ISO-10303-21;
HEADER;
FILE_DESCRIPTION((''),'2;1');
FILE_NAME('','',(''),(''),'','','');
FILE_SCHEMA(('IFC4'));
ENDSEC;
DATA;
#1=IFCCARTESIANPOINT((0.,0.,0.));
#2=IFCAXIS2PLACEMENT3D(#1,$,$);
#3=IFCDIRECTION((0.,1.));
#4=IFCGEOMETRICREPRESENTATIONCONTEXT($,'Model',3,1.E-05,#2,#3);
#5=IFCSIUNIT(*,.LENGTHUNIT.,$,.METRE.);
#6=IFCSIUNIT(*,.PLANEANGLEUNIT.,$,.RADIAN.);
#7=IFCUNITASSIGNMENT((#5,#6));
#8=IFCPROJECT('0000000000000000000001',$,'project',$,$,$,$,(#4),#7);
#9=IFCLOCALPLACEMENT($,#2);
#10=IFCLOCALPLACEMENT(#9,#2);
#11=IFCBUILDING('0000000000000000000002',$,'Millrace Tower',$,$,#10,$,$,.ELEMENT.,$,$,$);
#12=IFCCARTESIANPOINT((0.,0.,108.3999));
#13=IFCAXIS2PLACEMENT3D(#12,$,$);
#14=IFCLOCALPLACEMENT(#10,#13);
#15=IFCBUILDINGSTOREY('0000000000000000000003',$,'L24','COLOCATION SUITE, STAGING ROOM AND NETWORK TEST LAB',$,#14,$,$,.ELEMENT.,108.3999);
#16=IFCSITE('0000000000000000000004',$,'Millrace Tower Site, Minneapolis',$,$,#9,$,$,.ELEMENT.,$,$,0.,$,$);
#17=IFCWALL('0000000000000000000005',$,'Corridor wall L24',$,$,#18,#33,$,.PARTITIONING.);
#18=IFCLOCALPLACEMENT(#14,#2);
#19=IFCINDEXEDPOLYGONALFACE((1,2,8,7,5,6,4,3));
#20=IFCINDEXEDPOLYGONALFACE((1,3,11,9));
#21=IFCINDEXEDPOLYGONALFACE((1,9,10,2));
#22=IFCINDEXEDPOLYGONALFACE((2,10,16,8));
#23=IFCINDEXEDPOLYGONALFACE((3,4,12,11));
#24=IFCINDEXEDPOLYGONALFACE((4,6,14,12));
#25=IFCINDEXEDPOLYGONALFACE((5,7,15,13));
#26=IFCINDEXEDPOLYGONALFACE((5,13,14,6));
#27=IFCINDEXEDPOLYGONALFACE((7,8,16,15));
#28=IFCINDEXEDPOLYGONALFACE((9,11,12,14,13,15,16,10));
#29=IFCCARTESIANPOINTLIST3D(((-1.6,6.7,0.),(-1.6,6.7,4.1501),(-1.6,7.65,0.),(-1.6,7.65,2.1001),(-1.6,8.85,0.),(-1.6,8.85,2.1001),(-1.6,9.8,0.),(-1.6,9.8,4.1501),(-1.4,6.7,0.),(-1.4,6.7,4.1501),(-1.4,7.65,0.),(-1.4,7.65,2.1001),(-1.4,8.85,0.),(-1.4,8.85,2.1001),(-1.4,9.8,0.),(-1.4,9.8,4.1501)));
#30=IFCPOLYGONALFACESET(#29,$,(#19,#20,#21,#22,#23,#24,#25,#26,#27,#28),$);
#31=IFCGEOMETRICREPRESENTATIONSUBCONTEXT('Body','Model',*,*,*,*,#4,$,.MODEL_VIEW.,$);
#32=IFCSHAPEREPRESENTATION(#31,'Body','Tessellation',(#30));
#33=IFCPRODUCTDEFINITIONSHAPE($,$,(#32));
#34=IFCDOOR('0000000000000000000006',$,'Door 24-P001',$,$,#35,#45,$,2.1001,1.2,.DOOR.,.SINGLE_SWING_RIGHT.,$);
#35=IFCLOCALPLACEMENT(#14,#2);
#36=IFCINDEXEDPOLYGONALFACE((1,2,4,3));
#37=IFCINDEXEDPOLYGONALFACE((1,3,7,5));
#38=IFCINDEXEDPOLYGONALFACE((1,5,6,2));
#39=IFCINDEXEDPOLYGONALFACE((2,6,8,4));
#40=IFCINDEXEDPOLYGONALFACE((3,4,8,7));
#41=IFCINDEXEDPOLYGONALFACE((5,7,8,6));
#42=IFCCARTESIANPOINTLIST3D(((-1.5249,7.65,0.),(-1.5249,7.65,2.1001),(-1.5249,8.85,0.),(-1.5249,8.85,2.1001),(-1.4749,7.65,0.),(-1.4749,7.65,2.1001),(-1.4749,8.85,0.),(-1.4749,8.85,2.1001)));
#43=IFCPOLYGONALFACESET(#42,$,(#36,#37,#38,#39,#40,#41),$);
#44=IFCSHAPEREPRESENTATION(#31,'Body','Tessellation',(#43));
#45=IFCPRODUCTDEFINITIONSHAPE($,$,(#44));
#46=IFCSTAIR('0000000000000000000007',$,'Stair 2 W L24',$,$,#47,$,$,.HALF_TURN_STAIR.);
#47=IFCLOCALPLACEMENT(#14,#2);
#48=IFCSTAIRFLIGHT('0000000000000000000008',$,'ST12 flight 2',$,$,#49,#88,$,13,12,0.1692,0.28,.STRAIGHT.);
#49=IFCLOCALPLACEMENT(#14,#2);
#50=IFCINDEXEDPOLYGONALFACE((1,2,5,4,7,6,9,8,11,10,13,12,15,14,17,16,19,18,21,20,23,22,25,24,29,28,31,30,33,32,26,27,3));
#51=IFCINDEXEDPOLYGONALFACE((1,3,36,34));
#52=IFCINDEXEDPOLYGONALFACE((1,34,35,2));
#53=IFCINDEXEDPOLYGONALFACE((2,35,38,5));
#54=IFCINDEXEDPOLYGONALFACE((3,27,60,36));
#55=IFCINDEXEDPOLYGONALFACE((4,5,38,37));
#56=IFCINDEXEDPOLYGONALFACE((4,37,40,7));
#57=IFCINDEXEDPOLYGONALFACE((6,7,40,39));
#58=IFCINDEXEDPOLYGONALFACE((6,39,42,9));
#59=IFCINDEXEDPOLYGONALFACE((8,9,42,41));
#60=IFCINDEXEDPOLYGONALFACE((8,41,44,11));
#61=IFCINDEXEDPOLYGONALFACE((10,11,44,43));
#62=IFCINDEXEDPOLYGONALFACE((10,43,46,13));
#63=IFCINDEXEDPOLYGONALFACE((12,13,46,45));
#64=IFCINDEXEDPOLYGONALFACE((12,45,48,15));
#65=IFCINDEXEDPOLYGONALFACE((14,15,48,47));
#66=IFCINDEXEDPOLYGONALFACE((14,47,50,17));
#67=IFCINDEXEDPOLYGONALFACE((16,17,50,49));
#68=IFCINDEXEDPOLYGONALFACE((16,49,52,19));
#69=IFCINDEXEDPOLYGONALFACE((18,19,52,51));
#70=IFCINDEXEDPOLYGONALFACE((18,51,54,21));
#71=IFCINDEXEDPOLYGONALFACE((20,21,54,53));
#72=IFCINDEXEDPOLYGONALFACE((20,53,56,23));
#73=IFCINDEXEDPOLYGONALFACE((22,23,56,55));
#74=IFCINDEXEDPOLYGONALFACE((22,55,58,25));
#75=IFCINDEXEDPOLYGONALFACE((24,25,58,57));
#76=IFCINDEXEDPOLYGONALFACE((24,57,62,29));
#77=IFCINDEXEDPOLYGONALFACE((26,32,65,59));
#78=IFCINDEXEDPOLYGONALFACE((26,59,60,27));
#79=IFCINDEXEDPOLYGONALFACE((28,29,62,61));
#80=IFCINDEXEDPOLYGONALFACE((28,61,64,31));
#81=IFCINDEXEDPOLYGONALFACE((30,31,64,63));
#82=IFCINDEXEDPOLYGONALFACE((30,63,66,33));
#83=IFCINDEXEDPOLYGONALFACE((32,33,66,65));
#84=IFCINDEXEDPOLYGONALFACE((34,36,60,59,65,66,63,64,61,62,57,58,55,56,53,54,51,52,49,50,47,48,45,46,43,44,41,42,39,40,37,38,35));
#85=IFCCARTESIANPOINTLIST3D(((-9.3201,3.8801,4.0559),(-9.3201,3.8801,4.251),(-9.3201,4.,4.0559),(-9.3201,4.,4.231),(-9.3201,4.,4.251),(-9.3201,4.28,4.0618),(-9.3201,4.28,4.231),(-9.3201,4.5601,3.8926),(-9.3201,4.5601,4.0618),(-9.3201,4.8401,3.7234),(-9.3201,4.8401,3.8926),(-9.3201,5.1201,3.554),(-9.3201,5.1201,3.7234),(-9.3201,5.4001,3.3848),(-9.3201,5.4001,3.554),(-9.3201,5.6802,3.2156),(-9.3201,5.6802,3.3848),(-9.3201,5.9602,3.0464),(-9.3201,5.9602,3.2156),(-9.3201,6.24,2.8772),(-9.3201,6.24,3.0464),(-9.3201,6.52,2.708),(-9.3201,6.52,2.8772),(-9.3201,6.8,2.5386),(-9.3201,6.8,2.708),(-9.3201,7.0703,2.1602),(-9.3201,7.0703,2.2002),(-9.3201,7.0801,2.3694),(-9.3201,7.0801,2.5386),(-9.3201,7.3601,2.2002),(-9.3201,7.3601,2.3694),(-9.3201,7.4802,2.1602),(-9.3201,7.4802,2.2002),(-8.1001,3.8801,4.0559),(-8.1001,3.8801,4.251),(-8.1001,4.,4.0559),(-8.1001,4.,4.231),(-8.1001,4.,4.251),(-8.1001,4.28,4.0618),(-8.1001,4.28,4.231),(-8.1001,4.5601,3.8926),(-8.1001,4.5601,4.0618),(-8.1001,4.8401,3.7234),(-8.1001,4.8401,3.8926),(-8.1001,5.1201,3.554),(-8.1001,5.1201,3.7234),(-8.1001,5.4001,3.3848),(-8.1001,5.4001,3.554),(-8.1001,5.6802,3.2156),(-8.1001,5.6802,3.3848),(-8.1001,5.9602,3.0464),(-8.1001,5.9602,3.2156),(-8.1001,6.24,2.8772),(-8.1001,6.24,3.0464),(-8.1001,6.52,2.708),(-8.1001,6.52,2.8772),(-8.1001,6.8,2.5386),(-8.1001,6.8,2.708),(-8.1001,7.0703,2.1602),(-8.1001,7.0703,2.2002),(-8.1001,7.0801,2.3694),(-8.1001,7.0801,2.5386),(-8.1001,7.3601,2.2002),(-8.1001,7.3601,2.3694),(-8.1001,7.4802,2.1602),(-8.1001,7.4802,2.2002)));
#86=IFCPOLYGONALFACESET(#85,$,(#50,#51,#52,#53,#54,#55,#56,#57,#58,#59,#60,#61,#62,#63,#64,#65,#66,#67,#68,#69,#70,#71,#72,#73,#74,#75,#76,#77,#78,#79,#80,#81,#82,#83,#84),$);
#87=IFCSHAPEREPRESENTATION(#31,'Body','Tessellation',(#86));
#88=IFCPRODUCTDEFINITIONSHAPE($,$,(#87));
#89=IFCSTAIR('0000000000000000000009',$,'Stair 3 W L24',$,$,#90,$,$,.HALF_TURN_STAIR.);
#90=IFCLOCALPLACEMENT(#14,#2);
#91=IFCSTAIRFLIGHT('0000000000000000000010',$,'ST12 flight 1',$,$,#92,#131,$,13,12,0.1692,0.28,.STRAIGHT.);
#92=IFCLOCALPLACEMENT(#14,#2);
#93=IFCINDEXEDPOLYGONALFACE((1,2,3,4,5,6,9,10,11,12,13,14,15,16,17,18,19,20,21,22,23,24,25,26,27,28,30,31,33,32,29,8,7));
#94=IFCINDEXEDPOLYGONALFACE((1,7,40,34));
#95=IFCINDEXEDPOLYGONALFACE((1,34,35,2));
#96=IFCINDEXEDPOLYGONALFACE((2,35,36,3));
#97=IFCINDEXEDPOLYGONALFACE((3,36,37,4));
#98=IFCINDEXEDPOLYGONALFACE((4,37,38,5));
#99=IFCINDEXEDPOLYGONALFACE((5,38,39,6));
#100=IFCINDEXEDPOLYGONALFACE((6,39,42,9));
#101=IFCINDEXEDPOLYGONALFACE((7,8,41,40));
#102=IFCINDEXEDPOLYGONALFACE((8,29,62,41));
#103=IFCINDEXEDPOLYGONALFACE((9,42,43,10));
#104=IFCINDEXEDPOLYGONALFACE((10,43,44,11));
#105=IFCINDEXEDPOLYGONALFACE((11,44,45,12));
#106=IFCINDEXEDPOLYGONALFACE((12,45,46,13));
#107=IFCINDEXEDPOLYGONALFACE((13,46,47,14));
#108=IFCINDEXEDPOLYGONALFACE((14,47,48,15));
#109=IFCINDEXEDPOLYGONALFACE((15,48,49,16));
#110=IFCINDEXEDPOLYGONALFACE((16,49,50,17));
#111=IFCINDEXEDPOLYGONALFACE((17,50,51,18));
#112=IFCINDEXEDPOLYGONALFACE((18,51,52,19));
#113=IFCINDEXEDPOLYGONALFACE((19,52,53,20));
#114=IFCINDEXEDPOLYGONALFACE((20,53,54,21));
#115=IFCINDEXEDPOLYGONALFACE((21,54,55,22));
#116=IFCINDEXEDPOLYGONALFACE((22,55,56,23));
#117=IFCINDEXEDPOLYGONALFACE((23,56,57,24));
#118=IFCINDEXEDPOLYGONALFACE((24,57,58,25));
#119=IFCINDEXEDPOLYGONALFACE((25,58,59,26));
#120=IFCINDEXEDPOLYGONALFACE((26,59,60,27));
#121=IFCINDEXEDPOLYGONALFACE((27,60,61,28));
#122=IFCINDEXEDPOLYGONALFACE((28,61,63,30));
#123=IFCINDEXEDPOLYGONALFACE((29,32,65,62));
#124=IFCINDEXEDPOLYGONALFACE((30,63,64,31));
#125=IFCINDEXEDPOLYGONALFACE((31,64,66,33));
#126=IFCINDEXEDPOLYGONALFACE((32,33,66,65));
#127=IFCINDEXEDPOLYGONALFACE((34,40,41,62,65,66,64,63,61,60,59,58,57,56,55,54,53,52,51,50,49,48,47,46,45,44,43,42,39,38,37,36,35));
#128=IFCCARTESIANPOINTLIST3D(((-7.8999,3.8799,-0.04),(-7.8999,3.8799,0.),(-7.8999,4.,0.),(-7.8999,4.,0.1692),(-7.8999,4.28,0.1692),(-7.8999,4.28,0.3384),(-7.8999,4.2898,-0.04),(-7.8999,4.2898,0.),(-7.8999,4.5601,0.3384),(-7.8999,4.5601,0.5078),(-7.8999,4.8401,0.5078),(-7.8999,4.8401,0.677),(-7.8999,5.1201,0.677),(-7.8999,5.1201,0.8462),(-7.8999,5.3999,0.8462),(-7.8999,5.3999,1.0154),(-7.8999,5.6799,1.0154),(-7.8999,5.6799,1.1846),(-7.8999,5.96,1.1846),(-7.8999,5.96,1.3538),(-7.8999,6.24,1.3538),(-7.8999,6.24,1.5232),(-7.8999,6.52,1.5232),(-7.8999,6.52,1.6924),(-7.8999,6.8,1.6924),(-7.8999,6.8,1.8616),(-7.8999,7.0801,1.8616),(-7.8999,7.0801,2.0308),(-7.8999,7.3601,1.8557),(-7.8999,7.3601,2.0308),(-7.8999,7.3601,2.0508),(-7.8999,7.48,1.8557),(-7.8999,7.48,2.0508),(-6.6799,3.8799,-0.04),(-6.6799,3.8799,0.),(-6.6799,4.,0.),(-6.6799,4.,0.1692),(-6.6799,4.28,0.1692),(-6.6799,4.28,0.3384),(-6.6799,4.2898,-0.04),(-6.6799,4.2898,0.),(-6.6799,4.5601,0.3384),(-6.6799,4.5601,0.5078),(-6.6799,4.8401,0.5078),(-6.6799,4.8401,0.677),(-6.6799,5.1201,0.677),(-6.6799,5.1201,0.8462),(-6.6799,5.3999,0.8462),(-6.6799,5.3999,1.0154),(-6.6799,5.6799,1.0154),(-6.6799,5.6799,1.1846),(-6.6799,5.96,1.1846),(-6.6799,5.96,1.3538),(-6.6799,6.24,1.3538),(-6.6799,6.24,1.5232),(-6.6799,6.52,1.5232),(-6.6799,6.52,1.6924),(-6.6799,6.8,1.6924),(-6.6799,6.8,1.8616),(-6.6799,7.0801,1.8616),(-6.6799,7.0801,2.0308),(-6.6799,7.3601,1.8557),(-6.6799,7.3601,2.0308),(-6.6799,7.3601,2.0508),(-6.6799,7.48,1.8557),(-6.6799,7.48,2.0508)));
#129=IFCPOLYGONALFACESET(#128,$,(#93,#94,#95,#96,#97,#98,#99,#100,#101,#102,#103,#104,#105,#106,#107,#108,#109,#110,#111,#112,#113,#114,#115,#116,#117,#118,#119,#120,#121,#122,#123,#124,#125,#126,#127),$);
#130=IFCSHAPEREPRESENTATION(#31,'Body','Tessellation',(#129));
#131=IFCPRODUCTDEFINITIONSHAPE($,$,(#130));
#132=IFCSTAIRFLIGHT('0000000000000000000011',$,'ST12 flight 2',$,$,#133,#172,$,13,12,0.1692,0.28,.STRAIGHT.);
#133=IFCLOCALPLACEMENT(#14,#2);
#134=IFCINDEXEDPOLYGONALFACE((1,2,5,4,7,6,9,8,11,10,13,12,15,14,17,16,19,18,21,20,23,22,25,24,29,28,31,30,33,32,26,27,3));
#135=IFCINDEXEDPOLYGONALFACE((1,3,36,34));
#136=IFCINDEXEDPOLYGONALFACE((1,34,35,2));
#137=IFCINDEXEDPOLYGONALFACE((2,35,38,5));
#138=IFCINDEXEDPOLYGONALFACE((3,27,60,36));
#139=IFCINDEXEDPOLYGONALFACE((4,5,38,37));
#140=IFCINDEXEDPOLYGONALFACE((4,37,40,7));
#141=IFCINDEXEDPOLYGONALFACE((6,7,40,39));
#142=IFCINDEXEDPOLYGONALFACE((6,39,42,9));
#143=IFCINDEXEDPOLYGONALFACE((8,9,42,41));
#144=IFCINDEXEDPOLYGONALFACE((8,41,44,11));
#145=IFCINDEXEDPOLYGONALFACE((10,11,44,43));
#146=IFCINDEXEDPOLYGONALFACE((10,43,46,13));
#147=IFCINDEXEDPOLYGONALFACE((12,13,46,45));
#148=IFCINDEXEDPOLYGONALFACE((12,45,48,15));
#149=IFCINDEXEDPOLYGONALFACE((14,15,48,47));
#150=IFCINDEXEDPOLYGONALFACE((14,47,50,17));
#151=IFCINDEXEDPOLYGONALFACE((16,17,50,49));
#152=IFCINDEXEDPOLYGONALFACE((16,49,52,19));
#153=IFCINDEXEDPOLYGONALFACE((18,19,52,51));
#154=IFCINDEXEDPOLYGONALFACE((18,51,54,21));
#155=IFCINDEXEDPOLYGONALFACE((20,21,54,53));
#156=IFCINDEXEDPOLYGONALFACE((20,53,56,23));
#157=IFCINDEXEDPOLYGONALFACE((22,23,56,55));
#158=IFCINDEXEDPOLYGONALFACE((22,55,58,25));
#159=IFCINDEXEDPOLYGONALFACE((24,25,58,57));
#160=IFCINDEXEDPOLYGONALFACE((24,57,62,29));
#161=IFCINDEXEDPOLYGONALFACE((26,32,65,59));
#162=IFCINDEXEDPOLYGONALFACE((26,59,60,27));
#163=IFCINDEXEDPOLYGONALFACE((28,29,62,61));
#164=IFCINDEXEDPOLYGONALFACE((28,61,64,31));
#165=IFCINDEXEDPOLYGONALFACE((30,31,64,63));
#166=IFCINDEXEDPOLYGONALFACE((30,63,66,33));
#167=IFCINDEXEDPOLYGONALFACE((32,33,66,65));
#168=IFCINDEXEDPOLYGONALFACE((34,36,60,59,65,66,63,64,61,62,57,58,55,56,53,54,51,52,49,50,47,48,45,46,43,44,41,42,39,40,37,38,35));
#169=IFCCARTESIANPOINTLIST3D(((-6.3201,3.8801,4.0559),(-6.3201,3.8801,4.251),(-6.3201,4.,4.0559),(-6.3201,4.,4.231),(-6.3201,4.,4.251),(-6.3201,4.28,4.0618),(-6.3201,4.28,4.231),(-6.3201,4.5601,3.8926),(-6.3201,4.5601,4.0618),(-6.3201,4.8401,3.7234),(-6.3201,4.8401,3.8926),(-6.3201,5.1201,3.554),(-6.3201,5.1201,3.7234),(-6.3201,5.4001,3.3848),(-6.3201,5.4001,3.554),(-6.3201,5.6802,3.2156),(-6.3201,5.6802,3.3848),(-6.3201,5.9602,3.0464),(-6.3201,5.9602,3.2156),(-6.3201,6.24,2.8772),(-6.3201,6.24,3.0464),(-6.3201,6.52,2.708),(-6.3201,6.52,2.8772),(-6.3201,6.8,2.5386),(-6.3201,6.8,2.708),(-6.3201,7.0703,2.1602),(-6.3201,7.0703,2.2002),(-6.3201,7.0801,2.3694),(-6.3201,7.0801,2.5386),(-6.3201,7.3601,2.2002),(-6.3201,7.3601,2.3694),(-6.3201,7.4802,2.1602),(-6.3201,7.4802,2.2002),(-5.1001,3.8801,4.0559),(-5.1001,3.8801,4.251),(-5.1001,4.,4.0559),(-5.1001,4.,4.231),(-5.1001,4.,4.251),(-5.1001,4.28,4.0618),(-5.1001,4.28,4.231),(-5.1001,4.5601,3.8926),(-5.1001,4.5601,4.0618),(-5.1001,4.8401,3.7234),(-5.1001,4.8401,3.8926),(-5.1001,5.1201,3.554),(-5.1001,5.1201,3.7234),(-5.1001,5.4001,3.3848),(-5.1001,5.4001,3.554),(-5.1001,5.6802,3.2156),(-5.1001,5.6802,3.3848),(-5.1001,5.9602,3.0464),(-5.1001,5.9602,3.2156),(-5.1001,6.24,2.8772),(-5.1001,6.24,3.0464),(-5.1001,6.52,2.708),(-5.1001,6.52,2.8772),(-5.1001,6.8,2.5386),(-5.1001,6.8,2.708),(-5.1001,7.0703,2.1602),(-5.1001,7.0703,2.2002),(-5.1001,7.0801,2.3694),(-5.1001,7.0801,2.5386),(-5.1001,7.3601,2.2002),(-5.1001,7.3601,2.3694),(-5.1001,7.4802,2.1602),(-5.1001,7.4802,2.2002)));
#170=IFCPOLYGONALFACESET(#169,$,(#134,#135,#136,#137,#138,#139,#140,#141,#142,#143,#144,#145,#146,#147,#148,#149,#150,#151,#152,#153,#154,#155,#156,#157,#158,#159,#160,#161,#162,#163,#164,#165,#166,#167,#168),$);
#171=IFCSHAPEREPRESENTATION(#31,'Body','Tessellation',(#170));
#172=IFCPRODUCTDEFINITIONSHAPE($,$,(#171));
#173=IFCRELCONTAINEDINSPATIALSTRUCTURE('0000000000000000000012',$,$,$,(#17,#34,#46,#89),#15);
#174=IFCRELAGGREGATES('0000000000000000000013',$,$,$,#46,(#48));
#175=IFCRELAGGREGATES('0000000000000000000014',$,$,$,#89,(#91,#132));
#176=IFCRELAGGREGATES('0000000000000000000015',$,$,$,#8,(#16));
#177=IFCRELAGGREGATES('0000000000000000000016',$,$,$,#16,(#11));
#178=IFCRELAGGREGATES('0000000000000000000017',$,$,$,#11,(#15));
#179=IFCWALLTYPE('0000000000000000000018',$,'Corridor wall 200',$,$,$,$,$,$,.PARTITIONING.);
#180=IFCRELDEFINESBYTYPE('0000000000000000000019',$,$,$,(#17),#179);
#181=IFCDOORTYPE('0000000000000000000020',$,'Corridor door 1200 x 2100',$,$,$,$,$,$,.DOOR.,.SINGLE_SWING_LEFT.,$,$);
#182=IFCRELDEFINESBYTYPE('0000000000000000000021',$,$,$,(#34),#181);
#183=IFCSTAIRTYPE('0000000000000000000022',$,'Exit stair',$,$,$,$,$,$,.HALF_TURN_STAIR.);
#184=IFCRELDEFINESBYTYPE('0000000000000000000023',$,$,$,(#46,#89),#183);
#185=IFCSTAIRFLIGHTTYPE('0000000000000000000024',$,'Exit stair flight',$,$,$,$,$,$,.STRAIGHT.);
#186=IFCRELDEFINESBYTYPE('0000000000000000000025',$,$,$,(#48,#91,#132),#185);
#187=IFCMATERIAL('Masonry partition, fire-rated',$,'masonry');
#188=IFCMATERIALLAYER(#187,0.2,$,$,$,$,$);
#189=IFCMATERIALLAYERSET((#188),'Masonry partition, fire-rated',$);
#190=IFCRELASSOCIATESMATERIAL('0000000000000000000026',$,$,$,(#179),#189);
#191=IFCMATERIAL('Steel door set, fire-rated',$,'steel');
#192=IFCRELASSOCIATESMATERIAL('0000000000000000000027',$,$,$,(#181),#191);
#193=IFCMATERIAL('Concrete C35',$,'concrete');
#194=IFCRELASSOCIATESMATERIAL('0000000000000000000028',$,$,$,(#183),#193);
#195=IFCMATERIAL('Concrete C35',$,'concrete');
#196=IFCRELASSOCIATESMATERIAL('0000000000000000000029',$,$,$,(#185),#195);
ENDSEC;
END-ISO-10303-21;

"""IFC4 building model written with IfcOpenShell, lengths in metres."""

from ifc_helpers import new_model, si_unit, direction, frame, frame_2d, origin, place, context, subcontext, project, spatial, polyline, rectangle, outline, extrude, material, layer, layer_set, type_object, element, fill, aggregate, save


model = new_model("IFC4")

# Units and contexts
model_context = context("Model", 3, precision=1e-05, world=origin(), true_north=direction((0.0, 1.0)))
body_context = subcontext(model_context, "Body", "Model", "MODEL_VIEW")
ifc_project = project(units=[si_unit("LENGTHUNIT", "METRE"), si_unit("PLANEANGLEUNIT", "RADIAN")], contexts=[model_context])

# Site, building, storey
site_placement = place(None, origin())
site = spatial("IfcSite", under=ifc_project, at=site_placement, Name="Millrace Tower Site, Minneapolis", CompositionType="ELEMENT", RefElevation=0.0)
building_placement = place(site_placement, origin())
building = spatial("IfcBuilding", under=site, at=building_placement, Name="Millrace Tower", CompositionType="ELEMENT")
storey_placement = place(building_placement, frame((0.0, 0.0, 108.3999)))
storey = spatial("IfcBuildingStorey", under=building, at=storey_placement, Name="L24", Description="COLOCATION SUITE, STAGING ROOM AND NETWORK TEST LAB", CompositionType="ELEMENT", Elevation=108.3999)

# Shared definitions
placement = place(storey_placement, origin())

# Shared definitions
ifc_material_1 = material(Name="Masonry partition, fire-rated", Category="masonry")
ifc_layer_1 = layer(ifc_material_1, 0.2)
ifc_layer_set_1 = layer_set([ifc_layer_1], Name="Masonry partition, fire-rated")
wall_type = type_object("IfcWallType", Name="Corridor wall 200", PredefinedType="PARTITIONING", material=ifc_layer_set_1)

# Wall, opening, door
wall_1_placement = place(storey_placement, frame((-1.5, 6.7, 0.0), z_axis=(0.0, 0.0, 1.0), x_axis=(0.0, 1.0, 0.0)))
wall_1 = element("IfcWall", 1, at=wall_1_placement, inside=storey, type_object=wall_type, Name="Corridor wall L24", PredefinedType="PARTITIONING", context=body_context, shape_type="SweptSolid", body=[
    extrude(rectangle(XDim=3.1001, YDim=0.2, at=frame_2d((1.55, 0.0))), origin(), (0.0, 0.0, 1.0), 4.1501),
])
opening_placement = place(wall_1_placement, frame((0.95, 0.0, 0.0)))
opening = element("IfcOpeningElement", 2, at=opening_placement, cuts=wall_1, PredefinedType="OPENING", context=body_context, shape_type="SweptSolid", body=[
    extrude(rectangle(XDim=1.2, YDim=2.1001, at=frame_2d((0.6001, 1.05))), frame((0.0, 0.1099, 0.0), z_axis=(0.0, -1.0, 0.0), x_axis=(1.0, 0.0, 0.0)), (0.0, 0.0, 1.0), 0.22),
])
ifc_material_2 = material(Name="Steel door set, fire-rated", Category="steel")
door_type = type_object("IfcDoorType", Name="Corridor door 1200 x 2100", OperationType="SINGLE_SWING_LEFT", PredefinedType="DOOR", material=ifc_material_2)
door_placement = place(opening_placement, origin())
door = element("IfcDoor", 3, at=door_placement, inside=storey, type_object=door_type, Name="Door 24-P001", OperationType="SINGLE_SWING_RIGHT", OverallHeight=2.1001, OverallWidth=1.2, PredefinedType="DOOR", context=body_context, shape_type="SweptSolid", body=[
    extrude(rectangle(XDim=1.2, YDim=2.1001, at=frame_2d((0.6001, 1.05))), frame((0.0, 0.0249, 0.0), z_axis=(0.0, -1.0, 0.0), x_axis=(1.0, 0.0, 0.0)), (0.0, 0.0, 1.0), 0.05),
])
fill(opening, door)

# Stair, stair flight
ifc_material_3 = material(Name="Concrete C35", Category="concrete")
stair_type = type_object("IfcStairType", Name="Exit stair", PredefinedType="HALF_TURN_STAIR", material=ifc_material_3)
stair_1 = element("IfcStair", 4, at=placement, inside=storey, type_object=stair_type, Name="Stair 2 W L24", PredefinedType="HALF_TURN_STAIR")
ifc_material_4 = material(Name="Concrete C35", Category="concrete")
stair_flight_type = type_object("IfcStairFlightType", Name="Exit stair flight", PredefinedType="STRAIGHT", material=ifc_material_4)
stair_flight_1_placement = place(storey_placement, frame((-8.71, 7.3601, 2.2002), z_axis=(0.0, 0.0, 1.0), x_axis=(0.0, -1.0, 0.0)))
stair_flight_1 = element("IfcStairFlight", 5, at=stair_flight_1_placement, type_object=stair_flight_type, Name="ST12 flight 2", NumberOfRisers=13, NumberOfTreads=12, PredefinedType="STRAIGHT", RiserHeight=0.1692, TreadLength=0.28, context=body_context, shape_type="SweptSolid", body=[
    extrude(outline(polyline([(-0.1201, -0.04), (-0.1201, 0.0), (0.0, 0.0), (0.0, 0.1692), (0.28, 0.1692), (0.28, 0.3384), (0.5601, 0.3384), (0.5601, 0.5078), (0.8401, 0.5078), (0.8401, 0.677), (1.1201, 0.677), (1.1201, 0.8462), (1.3999, 0.8462), (1.3999, 1.0154), (1.6799, 1.0154), (1.6799, 1.1846), (1.96, 1.1846), (1.96, 1.3538), (2.24, 1.3538), (2.24, 1.5232), (2.52, 1.5232), (2.52, 1.6924), (2.8, 1.6924), (2.8, 1.8616), (3.0801, 1.8616), (3.0801, 2.0308), (3.3601, 2.0308), (3.3601, 2.0508), (3.48, 2.0508), (3.48, 1.8557), (3.3601, 1.8557), (0.2898, 0.0), (0.2898, -0.04), (-0.1201, -0.04)])), frame((0.0, 0.6099, 0.0), z_axis=(0.0, -1.0, 0.0), x_axis=(1.0, 0.0, 0.0)), (0.0, 0.0, 1.0), 1.22),
])
aggregate(stair_1, [stair_flight_1])

# Stair, stair flights
stair_2 = element("IfcStair", 6, at=placement, inside=storey, type_object=stair_type, Name="Stair 3 W L24", PredefinedType="HALF_TURN_STAIR")
stair_flight_2_placement = place(storey_placement, frame((-7.29, 4.0, 0.0), z_axis=(0.0, 0.0, 1.0), x_axis=(0.0, 1.0, 0.0)))
stair_flight_2 = element("IfcStairFlight", 7, at=stair_flight_2_placement, type_object=stair_flight_type, Name="ST12 flight 1", NumberOfRisers=13, NumberOfTreads=12, PredefinedType="STRAIGHT", RiserHeight=0.1692, TreadLength=0.28, context=body_context, shape_type="SweptSolid", body=[
    extrude(outline(polyline([(-0.1201, -0.04), (-0.1201, 0.0), (0.0, 0.0), (0.0, 0.1692), (0.28, 0.1692), (0.28, 0.3384), (0.5601, 0.3384), (0.5601, 0.5078), (0.8401, 0.5078), (0.8401, 0.677), (1.1201, 0.677), (1.1201, 0.8462), (1.3999, 0.8462), (1.3999, 1.0154), (1.6799, 1.0154), (1.6799, 1.1846), (1.96, 1.1846), (1.96, 1.3538), (2.24, 1.3538), (2.24, 1.5232), (2.52, 1.5232), (2.52, 1.6924), (2.8, 1.6924), (2.8, 1.8616), (3.0801, 1.8616), (3.0801, 2.0308), (3.3601, 2.0308), (3.3601, 2.0508), (3.48, 2.0508), (3.48, 1.8557), (3.3601, 1.8557), (0.2898, 0.0), (0.2898, -0.04), (-0.1201, -0.04)])), frame((0.0, 0.6099, 0.0), z_axis=(0.0, -1.0, 0.0), x_axis=(1.0, 0.0, 0.0)), (0.0, 0.0, 1.0), 1.22),
])
stair_flight_3_placement = place(storey_placement, frame((-5.71, 7.3601, 2.2002), z_axis=(0.0, 0.0, 1.0), x_axis=(0.0, -1.0, 0.0)))
stair_flight_3 = element("IfcStairFlight", 8, at=stair_flight_3_placement, type_object=stair_flight_type, Name="ST12 flight 2", NumberOfRisers=13, NumberOfTreads=12, PredefinedType="STRAIGHT", RiserHeight=0.1692, TreadLength=0.28, context=body_context, shape_type="SweptSolid", body=[
    extrude(outline(polyline([(-0.1201, -0.04), (-0.1201, 0.0), (0.0, 0.0), (0.0, 0.1692), (0.28, 0.1692), (0.28, 0.3384), (0.5601, 0.3384), (0.5601, 0.5078), (0.8401, 0.5078), (0.8401, 0.677), (1.1201, 0.677), (1.1201, 0.8462), (1.3999, 0.8462), (1.3999, 1.0154), (1.6799, 1.0154), (1.6799, 1.1846), (1.96, 1.1846), (1.96, 1.3538), (2.24, 1.3538), (2.24, 1.5232), (2.52, 1.5232), (2.52, 1.6924), (2.8, 1.6924), (2.8, 1.8616), (3.0801, 1.8616), (3.0801, 2.0308), (3.3601, 2.0308), (3.3601, 2.0508), (3.48, 2.0508), (3.48, 1.8557), (3.3601, 1.8557), (0.2898, 0.0), (0.2898, -0.04), (-0.1201, -0.04)])), frame((0.0, 0.6099, 0.0), z_axis=(0.0, -1.0, 0.0), x_axis=(1.0, 0.0, 0.0)), (0.0, 0.0, 1.0), 1.22),
])
aggregate(stair_2, [stair_flight_2, stair_flight_3])

save(model, "model.ifc")
